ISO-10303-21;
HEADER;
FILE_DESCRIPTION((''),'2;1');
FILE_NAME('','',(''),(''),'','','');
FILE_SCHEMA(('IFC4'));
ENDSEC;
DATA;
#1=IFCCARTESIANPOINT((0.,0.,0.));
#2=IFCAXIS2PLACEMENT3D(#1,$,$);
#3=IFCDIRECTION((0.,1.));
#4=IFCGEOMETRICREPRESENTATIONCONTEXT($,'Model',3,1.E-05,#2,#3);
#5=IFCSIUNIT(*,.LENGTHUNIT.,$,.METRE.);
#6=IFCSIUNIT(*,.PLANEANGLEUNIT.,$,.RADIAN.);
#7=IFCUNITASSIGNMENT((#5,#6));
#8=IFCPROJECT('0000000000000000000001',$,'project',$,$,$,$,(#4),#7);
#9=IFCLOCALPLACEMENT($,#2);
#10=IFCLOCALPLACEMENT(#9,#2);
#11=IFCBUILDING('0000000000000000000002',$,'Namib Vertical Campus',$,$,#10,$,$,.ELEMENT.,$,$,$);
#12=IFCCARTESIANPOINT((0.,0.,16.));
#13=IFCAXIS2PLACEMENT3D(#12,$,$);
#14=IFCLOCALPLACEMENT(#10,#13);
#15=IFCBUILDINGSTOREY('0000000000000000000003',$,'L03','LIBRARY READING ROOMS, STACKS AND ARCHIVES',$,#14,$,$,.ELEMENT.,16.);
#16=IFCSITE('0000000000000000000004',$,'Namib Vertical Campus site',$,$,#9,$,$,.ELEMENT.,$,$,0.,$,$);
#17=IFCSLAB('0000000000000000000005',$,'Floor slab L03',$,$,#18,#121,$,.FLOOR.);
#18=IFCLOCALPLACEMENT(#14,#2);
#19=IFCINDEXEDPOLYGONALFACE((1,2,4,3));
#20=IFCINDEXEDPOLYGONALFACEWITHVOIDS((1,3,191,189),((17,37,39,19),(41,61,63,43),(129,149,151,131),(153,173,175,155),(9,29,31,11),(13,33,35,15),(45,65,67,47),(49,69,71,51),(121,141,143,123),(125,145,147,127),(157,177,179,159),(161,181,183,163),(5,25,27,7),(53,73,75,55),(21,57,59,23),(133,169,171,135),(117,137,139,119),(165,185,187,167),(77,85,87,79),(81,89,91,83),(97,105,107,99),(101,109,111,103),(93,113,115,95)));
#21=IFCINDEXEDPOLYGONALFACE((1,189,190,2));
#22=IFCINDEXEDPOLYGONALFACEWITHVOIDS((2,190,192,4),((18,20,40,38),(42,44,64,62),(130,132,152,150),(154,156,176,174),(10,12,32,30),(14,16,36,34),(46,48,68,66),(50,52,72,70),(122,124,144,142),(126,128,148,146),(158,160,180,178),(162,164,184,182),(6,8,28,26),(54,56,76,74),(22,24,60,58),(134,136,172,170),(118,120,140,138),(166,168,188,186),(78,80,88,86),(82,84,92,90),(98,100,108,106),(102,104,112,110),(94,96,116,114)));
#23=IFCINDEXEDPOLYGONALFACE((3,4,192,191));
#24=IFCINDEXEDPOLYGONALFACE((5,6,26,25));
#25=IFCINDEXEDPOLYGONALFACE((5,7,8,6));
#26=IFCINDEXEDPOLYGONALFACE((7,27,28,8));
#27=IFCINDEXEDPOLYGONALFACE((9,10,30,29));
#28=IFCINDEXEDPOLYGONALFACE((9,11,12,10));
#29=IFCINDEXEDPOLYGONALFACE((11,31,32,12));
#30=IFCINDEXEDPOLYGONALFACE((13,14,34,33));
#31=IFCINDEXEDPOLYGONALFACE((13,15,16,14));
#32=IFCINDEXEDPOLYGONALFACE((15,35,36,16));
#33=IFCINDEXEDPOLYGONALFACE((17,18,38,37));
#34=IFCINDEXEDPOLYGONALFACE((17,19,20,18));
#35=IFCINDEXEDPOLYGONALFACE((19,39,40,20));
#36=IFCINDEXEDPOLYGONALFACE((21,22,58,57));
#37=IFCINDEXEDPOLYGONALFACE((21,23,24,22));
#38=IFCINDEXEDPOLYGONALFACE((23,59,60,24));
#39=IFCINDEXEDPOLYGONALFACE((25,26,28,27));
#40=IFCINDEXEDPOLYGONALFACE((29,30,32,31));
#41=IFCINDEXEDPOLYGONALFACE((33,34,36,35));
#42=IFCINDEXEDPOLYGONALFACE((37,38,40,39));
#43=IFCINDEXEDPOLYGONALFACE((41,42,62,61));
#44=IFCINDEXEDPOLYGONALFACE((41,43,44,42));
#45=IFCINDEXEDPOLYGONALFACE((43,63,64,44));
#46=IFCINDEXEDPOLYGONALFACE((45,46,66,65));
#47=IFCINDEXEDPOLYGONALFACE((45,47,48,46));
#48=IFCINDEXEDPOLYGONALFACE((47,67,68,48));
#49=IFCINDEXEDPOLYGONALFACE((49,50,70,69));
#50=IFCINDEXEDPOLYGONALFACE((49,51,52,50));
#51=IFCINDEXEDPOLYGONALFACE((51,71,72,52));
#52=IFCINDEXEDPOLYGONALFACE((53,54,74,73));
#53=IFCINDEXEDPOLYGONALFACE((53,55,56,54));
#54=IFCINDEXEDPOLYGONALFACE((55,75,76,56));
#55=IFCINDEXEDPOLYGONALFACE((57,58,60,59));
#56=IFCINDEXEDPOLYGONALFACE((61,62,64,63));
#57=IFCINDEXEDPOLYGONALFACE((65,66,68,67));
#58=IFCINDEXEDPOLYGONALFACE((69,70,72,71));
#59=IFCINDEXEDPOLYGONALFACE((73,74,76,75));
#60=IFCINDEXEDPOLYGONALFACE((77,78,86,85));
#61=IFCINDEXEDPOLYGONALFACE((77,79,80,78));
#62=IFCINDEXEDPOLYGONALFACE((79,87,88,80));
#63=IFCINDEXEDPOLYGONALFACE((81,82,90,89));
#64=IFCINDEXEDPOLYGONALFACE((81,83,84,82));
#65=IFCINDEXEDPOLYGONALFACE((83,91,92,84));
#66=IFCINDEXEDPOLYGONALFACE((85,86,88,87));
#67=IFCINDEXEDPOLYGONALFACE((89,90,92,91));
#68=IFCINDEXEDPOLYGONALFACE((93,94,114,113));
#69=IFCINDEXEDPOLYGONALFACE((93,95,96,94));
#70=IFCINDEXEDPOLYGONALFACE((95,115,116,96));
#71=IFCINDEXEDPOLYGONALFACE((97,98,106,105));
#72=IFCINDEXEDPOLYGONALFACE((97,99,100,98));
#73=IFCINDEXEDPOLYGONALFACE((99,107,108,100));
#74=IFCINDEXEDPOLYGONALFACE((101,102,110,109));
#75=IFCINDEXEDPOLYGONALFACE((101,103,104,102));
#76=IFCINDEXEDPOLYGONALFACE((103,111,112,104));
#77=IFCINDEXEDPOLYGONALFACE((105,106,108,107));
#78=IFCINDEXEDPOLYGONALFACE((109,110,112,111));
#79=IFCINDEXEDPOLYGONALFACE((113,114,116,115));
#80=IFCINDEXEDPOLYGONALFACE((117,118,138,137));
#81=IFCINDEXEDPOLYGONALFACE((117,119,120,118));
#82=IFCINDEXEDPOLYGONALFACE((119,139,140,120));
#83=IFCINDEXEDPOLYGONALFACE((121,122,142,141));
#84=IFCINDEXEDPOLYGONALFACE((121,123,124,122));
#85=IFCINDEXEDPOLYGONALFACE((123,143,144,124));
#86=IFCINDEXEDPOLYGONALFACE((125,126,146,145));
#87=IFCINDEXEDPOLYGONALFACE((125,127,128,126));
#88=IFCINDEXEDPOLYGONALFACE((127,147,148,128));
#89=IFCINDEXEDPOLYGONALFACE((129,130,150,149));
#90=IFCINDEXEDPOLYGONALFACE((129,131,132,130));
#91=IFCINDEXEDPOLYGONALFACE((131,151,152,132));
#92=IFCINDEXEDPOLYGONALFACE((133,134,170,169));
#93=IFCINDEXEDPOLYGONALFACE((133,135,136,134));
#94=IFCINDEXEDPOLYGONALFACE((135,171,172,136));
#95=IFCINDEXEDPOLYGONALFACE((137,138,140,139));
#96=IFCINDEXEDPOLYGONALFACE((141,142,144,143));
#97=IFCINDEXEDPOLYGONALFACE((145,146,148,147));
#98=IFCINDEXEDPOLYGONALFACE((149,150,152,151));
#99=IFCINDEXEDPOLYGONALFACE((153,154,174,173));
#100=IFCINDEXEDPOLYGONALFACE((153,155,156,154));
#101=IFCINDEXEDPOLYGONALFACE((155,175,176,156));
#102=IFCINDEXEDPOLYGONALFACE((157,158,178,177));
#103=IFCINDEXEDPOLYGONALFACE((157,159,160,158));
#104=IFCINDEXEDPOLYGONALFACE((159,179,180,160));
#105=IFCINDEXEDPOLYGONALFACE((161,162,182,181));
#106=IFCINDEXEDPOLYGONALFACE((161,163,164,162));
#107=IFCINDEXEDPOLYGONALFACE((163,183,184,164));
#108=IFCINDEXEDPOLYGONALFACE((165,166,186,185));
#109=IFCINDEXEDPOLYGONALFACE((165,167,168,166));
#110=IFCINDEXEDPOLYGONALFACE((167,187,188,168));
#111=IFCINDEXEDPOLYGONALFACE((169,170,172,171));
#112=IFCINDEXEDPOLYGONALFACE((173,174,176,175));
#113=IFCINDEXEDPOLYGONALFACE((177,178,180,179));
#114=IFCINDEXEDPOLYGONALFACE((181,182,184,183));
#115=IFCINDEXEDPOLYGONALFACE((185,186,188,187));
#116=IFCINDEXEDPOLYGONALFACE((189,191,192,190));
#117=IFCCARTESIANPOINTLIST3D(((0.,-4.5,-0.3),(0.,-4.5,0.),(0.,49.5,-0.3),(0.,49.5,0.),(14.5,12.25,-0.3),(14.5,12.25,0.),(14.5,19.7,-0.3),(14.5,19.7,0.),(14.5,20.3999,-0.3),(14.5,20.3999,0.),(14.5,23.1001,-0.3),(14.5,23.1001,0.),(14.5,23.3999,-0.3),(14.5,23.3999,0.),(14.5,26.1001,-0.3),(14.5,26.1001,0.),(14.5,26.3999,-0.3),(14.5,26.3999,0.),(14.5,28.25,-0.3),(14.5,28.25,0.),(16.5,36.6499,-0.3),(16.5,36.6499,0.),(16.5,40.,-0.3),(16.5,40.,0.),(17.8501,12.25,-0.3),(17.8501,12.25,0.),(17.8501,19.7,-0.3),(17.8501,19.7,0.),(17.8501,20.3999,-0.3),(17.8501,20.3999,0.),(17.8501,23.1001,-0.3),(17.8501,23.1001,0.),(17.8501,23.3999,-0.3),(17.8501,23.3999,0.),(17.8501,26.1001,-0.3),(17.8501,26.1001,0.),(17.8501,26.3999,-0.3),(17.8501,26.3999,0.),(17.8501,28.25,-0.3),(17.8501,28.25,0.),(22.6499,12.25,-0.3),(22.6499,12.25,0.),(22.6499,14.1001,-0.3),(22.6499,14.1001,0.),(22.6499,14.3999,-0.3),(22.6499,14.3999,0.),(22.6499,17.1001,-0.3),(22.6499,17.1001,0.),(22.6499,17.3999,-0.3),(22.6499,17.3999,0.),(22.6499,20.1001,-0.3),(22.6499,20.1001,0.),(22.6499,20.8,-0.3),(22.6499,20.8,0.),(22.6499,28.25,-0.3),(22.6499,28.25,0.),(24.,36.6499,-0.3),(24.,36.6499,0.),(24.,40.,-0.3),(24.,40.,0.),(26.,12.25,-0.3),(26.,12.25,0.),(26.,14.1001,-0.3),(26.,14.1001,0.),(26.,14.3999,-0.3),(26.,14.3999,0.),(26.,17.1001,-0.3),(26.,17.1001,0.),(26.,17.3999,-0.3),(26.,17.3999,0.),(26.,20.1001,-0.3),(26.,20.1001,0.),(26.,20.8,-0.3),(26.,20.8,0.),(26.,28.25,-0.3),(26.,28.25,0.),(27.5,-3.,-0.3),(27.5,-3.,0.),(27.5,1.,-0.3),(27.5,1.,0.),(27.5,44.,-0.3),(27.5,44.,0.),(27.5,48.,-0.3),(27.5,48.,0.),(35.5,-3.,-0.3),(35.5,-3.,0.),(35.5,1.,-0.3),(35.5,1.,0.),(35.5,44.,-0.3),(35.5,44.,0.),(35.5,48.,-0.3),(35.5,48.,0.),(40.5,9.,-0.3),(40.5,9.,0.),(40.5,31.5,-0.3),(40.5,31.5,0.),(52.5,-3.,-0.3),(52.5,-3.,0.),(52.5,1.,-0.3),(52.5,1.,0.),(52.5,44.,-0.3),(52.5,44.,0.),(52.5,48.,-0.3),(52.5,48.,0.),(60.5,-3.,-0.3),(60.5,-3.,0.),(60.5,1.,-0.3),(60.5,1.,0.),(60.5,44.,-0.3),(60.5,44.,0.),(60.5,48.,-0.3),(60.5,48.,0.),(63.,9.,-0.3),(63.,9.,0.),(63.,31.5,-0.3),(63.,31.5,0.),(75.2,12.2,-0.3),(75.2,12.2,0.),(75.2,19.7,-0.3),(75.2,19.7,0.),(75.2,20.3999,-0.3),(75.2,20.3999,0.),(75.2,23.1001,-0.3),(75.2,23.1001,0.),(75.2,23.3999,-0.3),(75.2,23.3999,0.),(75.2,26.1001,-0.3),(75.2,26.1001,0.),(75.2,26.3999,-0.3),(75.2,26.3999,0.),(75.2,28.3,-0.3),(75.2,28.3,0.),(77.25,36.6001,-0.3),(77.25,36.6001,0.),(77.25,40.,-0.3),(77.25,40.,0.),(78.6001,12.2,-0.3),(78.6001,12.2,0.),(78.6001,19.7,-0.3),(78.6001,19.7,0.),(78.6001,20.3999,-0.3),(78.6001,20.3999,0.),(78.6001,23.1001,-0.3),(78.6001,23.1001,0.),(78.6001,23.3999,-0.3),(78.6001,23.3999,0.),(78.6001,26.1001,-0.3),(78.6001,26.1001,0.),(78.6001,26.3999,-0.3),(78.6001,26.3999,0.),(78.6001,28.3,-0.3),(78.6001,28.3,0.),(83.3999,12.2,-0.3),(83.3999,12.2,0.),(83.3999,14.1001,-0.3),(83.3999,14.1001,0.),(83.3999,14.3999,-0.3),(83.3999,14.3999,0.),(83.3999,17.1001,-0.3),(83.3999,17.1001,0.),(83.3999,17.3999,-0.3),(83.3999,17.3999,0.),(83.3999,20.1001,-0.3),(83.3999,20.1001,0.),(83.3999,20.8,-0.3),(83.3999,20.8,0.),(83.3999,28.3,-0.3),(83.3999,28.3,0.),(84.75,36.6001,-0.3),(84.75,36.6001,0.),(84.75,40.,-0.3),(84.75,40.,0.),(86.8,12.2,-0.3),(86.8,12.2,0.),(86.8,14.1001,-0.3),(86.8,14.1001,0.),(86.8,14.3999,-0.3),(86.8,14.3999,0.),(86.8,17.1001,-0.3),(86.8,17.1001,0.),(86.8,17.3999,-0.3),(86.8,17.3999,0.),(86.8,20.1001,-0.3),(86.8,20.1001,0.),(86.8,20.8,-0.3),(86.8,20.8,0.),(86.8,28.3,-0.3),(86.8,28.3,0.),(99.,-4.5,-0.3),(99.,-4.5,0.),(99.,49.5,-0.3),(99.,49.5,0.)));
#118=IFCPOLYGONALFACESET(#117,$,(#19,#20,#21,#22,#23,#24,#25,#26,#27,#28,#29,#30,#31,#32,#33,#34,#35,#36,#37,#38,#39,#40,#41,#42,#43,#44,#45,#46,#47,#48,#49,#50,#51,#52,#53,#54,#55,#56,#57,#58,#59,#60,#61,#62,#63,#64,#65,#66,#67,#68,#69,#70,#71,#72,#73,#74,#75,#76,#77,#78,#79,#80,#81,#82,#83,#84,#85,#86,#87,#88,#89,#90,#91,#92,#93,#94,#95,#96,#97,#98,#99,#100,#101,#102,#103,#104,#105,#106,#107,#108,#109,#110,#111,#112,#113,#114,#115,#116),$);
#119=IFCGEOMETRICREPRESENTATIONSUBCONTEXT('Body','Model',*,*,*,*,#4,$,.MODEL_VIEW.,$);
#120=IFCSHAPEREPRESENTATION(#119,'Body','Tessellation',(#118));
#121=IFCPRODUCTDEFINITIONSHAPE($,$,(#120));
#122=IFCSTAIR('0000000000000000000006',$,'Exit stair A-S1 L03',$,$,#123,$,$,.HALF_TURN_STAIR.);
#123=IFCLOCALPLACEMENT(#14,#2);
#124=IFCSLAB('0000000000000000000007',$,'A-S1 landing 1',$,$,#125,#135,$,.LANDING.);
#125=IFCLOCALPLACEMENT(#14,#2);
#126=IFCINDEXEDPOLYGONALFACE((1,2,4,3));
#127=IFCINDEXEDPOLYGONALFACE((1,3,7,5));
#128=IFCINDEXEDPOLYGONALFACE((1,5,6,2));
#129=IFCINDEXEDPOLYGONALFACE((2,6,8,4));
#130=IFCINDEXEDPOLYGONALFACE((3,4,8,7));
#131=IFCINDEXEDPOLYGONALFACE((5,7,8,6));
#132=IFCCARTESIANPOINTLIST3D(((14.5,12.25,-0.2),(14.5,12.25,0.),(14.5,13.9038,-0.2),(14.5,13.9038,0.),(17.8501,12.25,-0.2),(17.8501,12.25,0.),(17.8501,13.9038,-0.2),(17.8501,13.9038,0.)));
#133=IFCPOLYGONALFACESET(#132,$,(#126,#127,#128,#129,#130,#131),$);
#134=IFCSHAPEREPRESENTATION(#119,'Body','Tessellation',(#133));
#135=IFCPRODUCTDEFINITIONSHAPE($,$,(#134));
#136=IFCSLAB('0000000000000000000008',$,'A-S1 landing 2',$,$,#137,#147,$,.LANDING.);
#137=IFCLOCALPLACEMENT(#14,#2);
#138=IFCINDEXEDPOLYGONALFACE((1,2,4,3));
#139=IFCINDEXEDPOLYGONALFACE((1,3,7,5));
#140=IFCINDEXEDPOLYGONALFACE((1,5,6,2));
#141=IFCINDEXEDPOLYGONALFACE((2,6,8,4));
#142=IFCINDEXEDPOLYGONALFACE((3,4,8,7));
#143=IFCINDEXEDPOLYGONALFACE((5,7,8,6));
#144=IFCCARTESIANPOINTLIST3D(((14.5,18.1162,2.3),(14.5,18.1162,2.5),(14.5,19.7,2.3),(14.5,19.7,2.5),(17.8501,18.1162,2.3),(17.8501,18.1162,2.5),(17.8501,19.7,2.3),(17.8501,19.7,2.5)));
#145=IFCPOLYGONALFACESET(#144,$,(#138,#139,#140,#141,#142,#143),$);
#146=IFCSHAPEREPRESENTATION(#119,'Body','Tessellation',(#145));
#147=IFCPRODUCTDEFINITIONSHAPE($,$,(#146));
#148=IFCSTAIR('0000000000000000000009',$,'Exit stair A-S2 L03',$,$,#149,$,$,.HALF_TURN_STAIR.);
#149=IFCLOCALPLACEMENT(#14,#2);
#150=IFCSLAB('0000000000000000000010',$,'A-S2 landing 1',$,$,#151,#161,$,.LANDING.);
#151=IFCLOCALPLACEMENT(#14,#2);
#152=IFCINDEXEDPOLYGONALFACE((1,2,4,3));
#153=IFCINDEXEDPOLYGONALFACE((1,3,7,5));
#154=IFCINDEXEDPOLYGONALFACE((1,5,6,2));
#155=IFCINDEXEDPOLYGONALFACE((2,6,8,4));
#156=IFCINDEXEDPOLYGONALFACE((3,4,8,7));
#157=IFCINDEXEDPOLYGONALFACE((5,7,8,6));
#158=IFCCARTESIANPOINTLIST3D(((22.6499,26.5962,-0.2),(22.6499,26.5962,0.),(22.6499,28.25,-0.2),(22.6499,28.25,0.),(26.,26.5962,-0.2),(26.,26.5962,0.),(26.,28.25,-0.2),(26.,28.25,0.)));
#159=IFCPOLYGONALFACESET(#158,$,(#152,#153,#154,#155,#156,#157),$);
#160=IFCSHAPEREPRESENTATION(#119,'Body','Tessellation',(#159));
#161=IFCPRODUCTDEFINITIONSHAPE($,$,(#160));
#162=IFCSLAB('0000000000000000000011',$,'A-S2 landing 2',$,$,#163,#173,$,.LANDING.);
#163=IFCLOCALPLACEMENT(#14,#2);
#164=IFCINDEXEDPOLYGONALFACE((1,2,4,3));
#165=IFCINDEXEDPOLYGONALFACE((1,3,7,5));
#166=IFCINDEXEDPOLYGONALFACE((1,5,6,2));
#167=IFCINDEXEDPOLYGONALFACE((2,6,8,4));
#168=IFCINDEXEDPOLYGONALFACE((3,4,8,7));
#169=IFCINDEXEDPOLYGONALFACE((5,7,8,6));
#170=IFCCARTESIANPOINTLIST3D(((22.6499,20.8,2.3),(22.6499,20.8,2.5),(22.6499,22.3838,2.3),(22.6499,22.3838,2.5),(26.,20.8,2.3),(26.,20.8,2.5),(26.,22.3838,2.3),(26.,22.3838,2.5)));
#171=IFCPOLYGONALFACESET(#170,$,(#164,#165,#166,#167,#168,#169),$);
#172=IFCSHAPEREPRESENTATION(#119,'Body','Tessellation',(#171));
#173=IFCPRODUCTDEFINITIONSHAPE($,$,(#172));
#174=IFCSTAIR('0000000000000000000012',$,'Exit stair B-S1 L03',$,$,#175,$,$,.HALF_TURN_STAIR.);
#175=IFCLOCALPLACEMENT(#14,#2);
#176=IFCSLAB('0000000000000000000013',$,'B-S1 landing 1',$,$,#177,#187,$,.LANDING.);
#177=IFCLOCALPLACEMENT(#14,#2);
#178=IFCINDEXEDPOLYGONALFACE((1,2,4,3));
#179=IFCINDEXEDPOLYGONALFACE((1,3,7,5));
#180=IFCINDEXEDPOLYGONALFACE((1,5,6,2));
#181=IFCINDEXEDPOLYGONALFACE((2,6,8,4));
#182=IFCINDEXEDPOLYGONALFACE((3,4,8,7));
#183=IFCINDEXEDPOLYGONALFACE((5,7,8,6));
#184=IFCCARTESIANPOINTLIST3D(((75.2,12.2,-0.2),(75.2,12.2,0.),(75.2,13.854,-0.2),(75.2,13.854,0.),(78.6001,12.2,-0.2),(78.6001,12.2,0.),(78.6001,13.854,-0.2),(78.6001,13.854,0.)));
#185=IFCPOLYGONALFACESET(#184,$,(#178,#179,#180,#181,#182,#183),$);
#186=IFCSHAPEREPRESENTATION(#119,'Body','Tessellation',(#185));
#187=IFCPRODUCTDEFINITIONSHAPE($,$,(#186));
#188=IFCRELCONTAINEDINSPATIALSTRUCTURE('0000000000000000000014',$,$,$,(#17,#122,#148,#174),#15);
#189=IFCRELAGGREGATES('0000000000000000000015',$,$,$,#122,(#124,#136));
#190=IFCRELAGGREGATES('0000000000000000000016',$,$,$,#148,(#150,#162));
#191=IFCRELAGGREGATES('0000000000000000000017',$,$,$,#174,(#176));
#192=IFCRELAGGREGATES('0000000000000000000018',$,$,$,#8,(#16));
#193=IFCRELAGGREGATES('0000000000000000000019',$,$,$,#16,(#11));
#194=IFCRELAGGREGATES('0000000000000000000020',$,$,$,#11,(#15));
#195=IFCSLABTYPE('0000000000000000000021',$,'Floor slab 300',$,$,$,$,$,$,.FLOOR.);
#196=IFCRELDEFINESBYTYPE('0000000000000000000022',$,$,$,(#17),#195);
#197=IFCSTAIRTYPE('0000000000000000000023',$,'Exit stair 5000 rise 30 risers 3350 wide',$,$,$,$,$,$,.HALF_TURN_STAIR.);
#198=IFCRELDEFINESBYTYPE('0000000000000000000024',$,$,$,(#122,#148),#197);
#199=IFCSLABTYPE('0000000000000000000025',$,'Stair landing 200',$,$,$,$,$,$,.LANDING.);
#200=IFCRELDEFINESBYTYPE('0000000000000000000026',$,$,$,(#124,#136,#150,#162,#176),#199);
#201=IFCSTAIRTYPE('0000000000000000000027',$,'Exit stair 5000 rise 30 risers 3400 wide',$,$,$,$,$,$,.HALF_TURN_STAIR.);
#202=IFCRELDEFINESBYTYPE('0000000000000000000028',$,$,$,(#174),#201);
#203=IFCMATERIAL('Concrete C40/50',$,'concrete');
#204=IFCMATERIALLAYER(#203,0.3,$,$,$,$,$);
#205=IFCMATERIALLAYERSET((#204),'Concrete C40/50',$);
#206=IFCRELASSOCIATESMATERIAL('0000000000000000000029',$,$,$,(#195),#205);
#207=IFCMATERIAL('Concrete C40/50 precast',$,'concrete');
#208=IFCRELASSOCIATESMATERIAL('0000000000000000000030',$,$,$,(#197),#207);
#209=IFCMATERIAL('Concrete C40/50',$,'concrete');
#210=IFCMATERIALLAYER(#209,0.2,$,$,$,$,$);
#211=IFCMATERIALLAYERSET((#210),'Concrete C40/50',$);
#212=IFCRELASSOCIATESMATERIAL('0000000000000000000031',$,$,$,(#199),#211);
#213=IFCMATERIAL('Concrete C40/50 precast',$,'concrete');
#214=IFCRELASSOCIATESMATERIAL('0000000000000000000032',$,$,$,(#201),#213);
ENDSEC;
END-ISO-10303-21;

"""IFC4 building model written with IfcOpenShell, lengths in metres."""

from ifc_helpers import new_model, si_unit, direction, frame, origin, place, context, subcontext, project, spatial, polyline, outline, extrude, material, layer, layer_set, type_object, element, aggregate, save


model = new_model("IFC4")

# Units and contexts
model_context = context("Model", 3, precision=1e-05, world=origin(), true_north=direction((0.0, 1.0)))
body_context = subcontext(model_context, "Body", "Model", "MODEL_VIEW")
ifc_project = project(units=[si_unit("LENGTHUNIT", "METRE"), si_unit("PLANEANGLEUNIT", "RADIAN")], contexts=[model_context])

# Site, building, storey
site_placement = place(None, origin())
site = spatial("IfcSite", under=ifc_project, at=site_placement, Name="Namib Vertical Campus site", CompositionType="ELEMENT", RefElevation=0.0)
building_placement = place(site_placement, origin())
building = spatial("IfcBuilding", under=site, at=building_placement, Name="Namib Vertical Campus", CompositionType="ELEMENT")
storey_placement = place(building_placement, frame((0.0, 0.0, 16.0)))
storey = spatial("IfcBuildingStorey", under=building, at=storey_placement, Name="L03", Description="LIBRARY READING ROOMS, STACKS AND ARCHIVES", CompositionType="ELEMENT", Elevation=16.0)

# Slab
ifc_material_1 = material(Name="Concrete C40/50", Category="concrete")
ifc_layer_1 = layer(ifc_material_1, 0.3)
ifc_layer_set_1 = layer_set([ifc_layer_1], Name="Concrete C40/50")
slab_type_1 = type_object("IfcSlabType", Name="Floor slab 300", PredefinedType="FLOOR", material=ifc_layer_set_1)
slab_1_placement = place(storey_placement, frame((0.0, 0.0, -0.3)))
element("IfcSlab", 1, at=slab_1_placement, inside=storey, type_object=slab_type_1, Name="Floor slab L03", PredefinedType="FLOOR", context=body_context, shape_type="SweptSolid", body=[
    extrude(outline(polyline([(0.0, -4.5), (99.0, -4.5), (99.0, 49.5), (0.0, 49.5), (0.0, -4.5)]), holes=[polyline([(86.8, 20.8), (83.3999, 20.8), (83.3999, 28.3), (86.8, 28.3), (86.8, 20.8)]), polyline([(86.8, 17.3999), (83.3999, 17.3999), (83.3999, 20.1001), (86.8, 20.1001), (86.8, 17.3999)]), polyline([(86.8, 17.1001), (86.8, 14.3999), (83.3999, 14.3999), (83.3999, 17.1001), (86.8, 17.1001)]), polyline([(86.8, 12.2), (83.3999, 12.2), (83.3999, 14.1001), (86.8, 14.1001), (86.8, 12.2)]), polyline([(84.75, 36.6001), (77.25, 36.6001), (77.25, 40.0), (84.75, 40.0), (84.75, 36.6001)]), polyline([(78.6001, 28.3), (78.6001, 26.3999), (75.2, 26.3999), (75.2, 28.3), (78.6001, 28.3)]), polyline([(78.6001, 23.3999), (75.2, 23.3999), (75.2, 26.1001), (78.6001, 26.1001), (78.6001, 23.3999)]), polyline([(78.6001, 23.1001), (78.6001, 20.3999), (75.2, 20.3999), (75.2, 23.1001), (78.6001, 23.1001)]), polyline([(78.6001, 12.2), (75.2, 12.2), (75.2, 19.7), (78.6001, 19.7), (78.6001, 12.2)]), polyline([(63.0, 31.5), (63.0, 9.0), (40.5, 9.0), (40.5, 31.5), (63.0, 31.5)]), polyline([(60.5, -3.0), (52.5, -3.0), (52.5, 1.0), (60.5, 1.0), (60.5, -3.0)]), polyline([(60.5, 44.0), (52.5, 44.0), (52.5, 48.0), (60.5, 48.0), (60.5, 44.0)]), polyline([(35.5, 48.0), (35.5, 44.0), (27.5, 44.0), (27.5, 48.0), (35.5, 48.0)]), polyline([(35.5, 1.0), (35.5, -3.0), (27.5, -3.0), (27.5, 1.0), (35.5, 1.0)]), polyline([(26.0, 20.8), (22.6499, 20.8), (22.6499, 28.25), (26.0, 28.25), (26.0, 20.8)]), polyline([(26.0, 17.3999), (22.6499, 17.3999), (22.6499, 20.1001), (26.0, 20.1001), (26.0, 17.3999)]), polyline([(26.0, 17.1001), (26.0, 14.3999), (22.6499, 14.3999), (22.6499, 17.1001), (26.0, 17.1001)]), polyline([(26.0, 14.1001), (26.0, 12.25), (22.6499, 12.25), (22.6499, 14.1001), (26.0, 14.1001)]), polyline([(24.0, 36.6499), (16.5, 36.6499), (16.5, 40.0), (24.0, 40.0), (24.0, 36.6499)]), polyline([(17.8501, 26.3999), (14.5, 26.3999), (14.5, 28.25), (17.8501, 28.25), (17.8501, 26.3999)]), polyline([(17.8501, 26.1001), (17.8501, 23.3999), (14.5, 23.3999), (14.5, 26.1001), (17.8501, 26.1001)]), polyline([(17.8501, 20.3999), (14.5, 20.3999), (14.5, 23.1001), (17.8501, 23.1001), (17.8501, 20.3999)]), polyline([(17.8501, 12.25), (14.5, 12.25), (14.5, 19.7), (17.8501, 19.7), (17.8501, 12.25)])]), origin(), (0.0, 0.0, 1.0), 0.3),
])

# Stairs, slabs
ifc_material_2 = material(Name="Concrete C40/50 precast", Category="concrete")
stair_type_1 = type_object("IfcStairType", Name="Exit stair 5000 rise 30 risers 3350 wide", PredefinedType="HALF_TURN_STAIR", material=ifc_material_2)
stair_1_placement = place(storey_placement, origin())
stair_1 = element("IfcStair", 2, at=stair_1_placement, inside=storey, type_object=stair_type_1, Name="Exit stair A-S1 L03", PredefinedType="HALF_TURN_STAIR")
ifc_material_3 = material(Name="Concrete C40/50", Category="concrete")
ifc_layer_2 = layer(ifc_material_3, 0.2)
ifc_layer_set_2 = layer_set([ifc_layer_2], Name="Concrete C40/50")
slab_type_2 = type_object("IfcSlabType", Name="Stair landing 200", PredefinedType="LANDING", material=ifc_layer_set_2)
slab_2_placement = place(storey_placement, frame((0.0, 0.0, -0.2)))
slab_2 = element("IfcSlab", 3, at=slab_2_placement, type_object=slab_type_2, Name="A-S1 landing 1", PredefinedType="LANDING", context=body_context, shape_type="SweptSolid", body=[
    extrude(outline(polyline([(14.5, 12.25), (17.8501, 12.25), (17.8501, 13.9038), (14.5, 13.9038), (14.5, 12.25)])), origin(), (0.0, 0.0, 1.0), 0.2),
])
slab_3_placement = place(storey_placement, frame((0.0, 0.0, 2.3)))
slab_3 = element("IfcSlab", 4, at=slab_3_placement, type_object=slab_type_2, Name="A-S1 landing 2", PredefinedType="LANDING", context=body_context, shape_type="SweptSolid", body=[
    extrude(outline(polyline([(14.5, 18.1162), (17.8501, 18.1162), (17.8501, 19.7), (14.5, 19.7), (14.5, 18.1162)])), origin(), (0.0, 0.0, 1.0), 0.2),
])
aggregate(stair_1, [slab_2, slab_3])
stair_2_placement = place(storey_placement, origin())
stair_2 = element("IfcStair", 5, at=stair_2_placement, inside=storey, type_object=stair_type_1, Name="Exit stair A-S2 L03", PredefinedType="HALF_TURN_STAIR")
slab_4_placement = place(storey_placement, frame((0.0, 0.0, -0.2)))
slab_4 = element("IfcSlab", 6, at=slab_4_placement, type_object=slab_type_2, Name="A-S2 landing 1", PredefinedType="LANDING", context=body_context, shape_type="SweptSolid", body=[
    extrude(outline(polyline([(22.6499, 26.5962), (26.0, 26.5962), (26.0, 28.25), (22.6499, 28.25), (22.6499, 26.5962)])), origin(), (0.0, 0.0, 1.0), 0.2),
])
slab_5_placement = place(storey_placement, frame((0.0, 0.0, 2.3)))
slab_5 = element("IfcSlab", 7, at=slab_5_placement, type_object=slab_type_2, Name="A-S2 landing 2", PredefinedType="LANDING", context=body_context, shape_type="SweptSolid", body=[
    extrude(outline(polyline([(22.6499, 20.8), (26.0, 20.8), (26.0, 22.3838), (22.6499, 22.3838), (22.6499, 20.8)])), origin(), (0.0, 0.0, 1.0), 0.2),
])
aggregate(stair_2, [slab_4, slab_5])
ifc_material_4 = material(Name="Concrete C40/50 precast", Category="concrete")
stair_type_2 = type_object("IfcStairType", Name="Exit stair 5000 rise 30 risers 3400 wide", PredefinedType="HALF_TURN_STAIR", material=ifc_material_4)
stair_3_placement = place(storey_placement, origin())
stair_3 = element("IfcStair", 8, at=stair_3_placement, inside=storey, type_object=stair_type_2, Name="Exit stair B-S1 L03", PredefinedType="HALF_TURN_STAIR")
slab_6_placement = place(storey_placement, frame((0.0, 0.0, -0.2)))
slab_6 = element("IfcSlab", 9, at=slab_6_placement, type_object=slab_type_2, Name="B-S1 landing 1", PredefinedType="LANDING", context=body_context, shape_type="SweptSolid", body=[
    extrude(outline(polyline([(75.2, 12.2), (78.6001, 12.2), (78.6001, 13.854), (75.2, 13.854), (75.2, 12.2)])), origin(), (0.0, 0.0, 1.0), 0.2),
])
aggregate(stair_3, [slab_6])

save(model, "model.ifc")
